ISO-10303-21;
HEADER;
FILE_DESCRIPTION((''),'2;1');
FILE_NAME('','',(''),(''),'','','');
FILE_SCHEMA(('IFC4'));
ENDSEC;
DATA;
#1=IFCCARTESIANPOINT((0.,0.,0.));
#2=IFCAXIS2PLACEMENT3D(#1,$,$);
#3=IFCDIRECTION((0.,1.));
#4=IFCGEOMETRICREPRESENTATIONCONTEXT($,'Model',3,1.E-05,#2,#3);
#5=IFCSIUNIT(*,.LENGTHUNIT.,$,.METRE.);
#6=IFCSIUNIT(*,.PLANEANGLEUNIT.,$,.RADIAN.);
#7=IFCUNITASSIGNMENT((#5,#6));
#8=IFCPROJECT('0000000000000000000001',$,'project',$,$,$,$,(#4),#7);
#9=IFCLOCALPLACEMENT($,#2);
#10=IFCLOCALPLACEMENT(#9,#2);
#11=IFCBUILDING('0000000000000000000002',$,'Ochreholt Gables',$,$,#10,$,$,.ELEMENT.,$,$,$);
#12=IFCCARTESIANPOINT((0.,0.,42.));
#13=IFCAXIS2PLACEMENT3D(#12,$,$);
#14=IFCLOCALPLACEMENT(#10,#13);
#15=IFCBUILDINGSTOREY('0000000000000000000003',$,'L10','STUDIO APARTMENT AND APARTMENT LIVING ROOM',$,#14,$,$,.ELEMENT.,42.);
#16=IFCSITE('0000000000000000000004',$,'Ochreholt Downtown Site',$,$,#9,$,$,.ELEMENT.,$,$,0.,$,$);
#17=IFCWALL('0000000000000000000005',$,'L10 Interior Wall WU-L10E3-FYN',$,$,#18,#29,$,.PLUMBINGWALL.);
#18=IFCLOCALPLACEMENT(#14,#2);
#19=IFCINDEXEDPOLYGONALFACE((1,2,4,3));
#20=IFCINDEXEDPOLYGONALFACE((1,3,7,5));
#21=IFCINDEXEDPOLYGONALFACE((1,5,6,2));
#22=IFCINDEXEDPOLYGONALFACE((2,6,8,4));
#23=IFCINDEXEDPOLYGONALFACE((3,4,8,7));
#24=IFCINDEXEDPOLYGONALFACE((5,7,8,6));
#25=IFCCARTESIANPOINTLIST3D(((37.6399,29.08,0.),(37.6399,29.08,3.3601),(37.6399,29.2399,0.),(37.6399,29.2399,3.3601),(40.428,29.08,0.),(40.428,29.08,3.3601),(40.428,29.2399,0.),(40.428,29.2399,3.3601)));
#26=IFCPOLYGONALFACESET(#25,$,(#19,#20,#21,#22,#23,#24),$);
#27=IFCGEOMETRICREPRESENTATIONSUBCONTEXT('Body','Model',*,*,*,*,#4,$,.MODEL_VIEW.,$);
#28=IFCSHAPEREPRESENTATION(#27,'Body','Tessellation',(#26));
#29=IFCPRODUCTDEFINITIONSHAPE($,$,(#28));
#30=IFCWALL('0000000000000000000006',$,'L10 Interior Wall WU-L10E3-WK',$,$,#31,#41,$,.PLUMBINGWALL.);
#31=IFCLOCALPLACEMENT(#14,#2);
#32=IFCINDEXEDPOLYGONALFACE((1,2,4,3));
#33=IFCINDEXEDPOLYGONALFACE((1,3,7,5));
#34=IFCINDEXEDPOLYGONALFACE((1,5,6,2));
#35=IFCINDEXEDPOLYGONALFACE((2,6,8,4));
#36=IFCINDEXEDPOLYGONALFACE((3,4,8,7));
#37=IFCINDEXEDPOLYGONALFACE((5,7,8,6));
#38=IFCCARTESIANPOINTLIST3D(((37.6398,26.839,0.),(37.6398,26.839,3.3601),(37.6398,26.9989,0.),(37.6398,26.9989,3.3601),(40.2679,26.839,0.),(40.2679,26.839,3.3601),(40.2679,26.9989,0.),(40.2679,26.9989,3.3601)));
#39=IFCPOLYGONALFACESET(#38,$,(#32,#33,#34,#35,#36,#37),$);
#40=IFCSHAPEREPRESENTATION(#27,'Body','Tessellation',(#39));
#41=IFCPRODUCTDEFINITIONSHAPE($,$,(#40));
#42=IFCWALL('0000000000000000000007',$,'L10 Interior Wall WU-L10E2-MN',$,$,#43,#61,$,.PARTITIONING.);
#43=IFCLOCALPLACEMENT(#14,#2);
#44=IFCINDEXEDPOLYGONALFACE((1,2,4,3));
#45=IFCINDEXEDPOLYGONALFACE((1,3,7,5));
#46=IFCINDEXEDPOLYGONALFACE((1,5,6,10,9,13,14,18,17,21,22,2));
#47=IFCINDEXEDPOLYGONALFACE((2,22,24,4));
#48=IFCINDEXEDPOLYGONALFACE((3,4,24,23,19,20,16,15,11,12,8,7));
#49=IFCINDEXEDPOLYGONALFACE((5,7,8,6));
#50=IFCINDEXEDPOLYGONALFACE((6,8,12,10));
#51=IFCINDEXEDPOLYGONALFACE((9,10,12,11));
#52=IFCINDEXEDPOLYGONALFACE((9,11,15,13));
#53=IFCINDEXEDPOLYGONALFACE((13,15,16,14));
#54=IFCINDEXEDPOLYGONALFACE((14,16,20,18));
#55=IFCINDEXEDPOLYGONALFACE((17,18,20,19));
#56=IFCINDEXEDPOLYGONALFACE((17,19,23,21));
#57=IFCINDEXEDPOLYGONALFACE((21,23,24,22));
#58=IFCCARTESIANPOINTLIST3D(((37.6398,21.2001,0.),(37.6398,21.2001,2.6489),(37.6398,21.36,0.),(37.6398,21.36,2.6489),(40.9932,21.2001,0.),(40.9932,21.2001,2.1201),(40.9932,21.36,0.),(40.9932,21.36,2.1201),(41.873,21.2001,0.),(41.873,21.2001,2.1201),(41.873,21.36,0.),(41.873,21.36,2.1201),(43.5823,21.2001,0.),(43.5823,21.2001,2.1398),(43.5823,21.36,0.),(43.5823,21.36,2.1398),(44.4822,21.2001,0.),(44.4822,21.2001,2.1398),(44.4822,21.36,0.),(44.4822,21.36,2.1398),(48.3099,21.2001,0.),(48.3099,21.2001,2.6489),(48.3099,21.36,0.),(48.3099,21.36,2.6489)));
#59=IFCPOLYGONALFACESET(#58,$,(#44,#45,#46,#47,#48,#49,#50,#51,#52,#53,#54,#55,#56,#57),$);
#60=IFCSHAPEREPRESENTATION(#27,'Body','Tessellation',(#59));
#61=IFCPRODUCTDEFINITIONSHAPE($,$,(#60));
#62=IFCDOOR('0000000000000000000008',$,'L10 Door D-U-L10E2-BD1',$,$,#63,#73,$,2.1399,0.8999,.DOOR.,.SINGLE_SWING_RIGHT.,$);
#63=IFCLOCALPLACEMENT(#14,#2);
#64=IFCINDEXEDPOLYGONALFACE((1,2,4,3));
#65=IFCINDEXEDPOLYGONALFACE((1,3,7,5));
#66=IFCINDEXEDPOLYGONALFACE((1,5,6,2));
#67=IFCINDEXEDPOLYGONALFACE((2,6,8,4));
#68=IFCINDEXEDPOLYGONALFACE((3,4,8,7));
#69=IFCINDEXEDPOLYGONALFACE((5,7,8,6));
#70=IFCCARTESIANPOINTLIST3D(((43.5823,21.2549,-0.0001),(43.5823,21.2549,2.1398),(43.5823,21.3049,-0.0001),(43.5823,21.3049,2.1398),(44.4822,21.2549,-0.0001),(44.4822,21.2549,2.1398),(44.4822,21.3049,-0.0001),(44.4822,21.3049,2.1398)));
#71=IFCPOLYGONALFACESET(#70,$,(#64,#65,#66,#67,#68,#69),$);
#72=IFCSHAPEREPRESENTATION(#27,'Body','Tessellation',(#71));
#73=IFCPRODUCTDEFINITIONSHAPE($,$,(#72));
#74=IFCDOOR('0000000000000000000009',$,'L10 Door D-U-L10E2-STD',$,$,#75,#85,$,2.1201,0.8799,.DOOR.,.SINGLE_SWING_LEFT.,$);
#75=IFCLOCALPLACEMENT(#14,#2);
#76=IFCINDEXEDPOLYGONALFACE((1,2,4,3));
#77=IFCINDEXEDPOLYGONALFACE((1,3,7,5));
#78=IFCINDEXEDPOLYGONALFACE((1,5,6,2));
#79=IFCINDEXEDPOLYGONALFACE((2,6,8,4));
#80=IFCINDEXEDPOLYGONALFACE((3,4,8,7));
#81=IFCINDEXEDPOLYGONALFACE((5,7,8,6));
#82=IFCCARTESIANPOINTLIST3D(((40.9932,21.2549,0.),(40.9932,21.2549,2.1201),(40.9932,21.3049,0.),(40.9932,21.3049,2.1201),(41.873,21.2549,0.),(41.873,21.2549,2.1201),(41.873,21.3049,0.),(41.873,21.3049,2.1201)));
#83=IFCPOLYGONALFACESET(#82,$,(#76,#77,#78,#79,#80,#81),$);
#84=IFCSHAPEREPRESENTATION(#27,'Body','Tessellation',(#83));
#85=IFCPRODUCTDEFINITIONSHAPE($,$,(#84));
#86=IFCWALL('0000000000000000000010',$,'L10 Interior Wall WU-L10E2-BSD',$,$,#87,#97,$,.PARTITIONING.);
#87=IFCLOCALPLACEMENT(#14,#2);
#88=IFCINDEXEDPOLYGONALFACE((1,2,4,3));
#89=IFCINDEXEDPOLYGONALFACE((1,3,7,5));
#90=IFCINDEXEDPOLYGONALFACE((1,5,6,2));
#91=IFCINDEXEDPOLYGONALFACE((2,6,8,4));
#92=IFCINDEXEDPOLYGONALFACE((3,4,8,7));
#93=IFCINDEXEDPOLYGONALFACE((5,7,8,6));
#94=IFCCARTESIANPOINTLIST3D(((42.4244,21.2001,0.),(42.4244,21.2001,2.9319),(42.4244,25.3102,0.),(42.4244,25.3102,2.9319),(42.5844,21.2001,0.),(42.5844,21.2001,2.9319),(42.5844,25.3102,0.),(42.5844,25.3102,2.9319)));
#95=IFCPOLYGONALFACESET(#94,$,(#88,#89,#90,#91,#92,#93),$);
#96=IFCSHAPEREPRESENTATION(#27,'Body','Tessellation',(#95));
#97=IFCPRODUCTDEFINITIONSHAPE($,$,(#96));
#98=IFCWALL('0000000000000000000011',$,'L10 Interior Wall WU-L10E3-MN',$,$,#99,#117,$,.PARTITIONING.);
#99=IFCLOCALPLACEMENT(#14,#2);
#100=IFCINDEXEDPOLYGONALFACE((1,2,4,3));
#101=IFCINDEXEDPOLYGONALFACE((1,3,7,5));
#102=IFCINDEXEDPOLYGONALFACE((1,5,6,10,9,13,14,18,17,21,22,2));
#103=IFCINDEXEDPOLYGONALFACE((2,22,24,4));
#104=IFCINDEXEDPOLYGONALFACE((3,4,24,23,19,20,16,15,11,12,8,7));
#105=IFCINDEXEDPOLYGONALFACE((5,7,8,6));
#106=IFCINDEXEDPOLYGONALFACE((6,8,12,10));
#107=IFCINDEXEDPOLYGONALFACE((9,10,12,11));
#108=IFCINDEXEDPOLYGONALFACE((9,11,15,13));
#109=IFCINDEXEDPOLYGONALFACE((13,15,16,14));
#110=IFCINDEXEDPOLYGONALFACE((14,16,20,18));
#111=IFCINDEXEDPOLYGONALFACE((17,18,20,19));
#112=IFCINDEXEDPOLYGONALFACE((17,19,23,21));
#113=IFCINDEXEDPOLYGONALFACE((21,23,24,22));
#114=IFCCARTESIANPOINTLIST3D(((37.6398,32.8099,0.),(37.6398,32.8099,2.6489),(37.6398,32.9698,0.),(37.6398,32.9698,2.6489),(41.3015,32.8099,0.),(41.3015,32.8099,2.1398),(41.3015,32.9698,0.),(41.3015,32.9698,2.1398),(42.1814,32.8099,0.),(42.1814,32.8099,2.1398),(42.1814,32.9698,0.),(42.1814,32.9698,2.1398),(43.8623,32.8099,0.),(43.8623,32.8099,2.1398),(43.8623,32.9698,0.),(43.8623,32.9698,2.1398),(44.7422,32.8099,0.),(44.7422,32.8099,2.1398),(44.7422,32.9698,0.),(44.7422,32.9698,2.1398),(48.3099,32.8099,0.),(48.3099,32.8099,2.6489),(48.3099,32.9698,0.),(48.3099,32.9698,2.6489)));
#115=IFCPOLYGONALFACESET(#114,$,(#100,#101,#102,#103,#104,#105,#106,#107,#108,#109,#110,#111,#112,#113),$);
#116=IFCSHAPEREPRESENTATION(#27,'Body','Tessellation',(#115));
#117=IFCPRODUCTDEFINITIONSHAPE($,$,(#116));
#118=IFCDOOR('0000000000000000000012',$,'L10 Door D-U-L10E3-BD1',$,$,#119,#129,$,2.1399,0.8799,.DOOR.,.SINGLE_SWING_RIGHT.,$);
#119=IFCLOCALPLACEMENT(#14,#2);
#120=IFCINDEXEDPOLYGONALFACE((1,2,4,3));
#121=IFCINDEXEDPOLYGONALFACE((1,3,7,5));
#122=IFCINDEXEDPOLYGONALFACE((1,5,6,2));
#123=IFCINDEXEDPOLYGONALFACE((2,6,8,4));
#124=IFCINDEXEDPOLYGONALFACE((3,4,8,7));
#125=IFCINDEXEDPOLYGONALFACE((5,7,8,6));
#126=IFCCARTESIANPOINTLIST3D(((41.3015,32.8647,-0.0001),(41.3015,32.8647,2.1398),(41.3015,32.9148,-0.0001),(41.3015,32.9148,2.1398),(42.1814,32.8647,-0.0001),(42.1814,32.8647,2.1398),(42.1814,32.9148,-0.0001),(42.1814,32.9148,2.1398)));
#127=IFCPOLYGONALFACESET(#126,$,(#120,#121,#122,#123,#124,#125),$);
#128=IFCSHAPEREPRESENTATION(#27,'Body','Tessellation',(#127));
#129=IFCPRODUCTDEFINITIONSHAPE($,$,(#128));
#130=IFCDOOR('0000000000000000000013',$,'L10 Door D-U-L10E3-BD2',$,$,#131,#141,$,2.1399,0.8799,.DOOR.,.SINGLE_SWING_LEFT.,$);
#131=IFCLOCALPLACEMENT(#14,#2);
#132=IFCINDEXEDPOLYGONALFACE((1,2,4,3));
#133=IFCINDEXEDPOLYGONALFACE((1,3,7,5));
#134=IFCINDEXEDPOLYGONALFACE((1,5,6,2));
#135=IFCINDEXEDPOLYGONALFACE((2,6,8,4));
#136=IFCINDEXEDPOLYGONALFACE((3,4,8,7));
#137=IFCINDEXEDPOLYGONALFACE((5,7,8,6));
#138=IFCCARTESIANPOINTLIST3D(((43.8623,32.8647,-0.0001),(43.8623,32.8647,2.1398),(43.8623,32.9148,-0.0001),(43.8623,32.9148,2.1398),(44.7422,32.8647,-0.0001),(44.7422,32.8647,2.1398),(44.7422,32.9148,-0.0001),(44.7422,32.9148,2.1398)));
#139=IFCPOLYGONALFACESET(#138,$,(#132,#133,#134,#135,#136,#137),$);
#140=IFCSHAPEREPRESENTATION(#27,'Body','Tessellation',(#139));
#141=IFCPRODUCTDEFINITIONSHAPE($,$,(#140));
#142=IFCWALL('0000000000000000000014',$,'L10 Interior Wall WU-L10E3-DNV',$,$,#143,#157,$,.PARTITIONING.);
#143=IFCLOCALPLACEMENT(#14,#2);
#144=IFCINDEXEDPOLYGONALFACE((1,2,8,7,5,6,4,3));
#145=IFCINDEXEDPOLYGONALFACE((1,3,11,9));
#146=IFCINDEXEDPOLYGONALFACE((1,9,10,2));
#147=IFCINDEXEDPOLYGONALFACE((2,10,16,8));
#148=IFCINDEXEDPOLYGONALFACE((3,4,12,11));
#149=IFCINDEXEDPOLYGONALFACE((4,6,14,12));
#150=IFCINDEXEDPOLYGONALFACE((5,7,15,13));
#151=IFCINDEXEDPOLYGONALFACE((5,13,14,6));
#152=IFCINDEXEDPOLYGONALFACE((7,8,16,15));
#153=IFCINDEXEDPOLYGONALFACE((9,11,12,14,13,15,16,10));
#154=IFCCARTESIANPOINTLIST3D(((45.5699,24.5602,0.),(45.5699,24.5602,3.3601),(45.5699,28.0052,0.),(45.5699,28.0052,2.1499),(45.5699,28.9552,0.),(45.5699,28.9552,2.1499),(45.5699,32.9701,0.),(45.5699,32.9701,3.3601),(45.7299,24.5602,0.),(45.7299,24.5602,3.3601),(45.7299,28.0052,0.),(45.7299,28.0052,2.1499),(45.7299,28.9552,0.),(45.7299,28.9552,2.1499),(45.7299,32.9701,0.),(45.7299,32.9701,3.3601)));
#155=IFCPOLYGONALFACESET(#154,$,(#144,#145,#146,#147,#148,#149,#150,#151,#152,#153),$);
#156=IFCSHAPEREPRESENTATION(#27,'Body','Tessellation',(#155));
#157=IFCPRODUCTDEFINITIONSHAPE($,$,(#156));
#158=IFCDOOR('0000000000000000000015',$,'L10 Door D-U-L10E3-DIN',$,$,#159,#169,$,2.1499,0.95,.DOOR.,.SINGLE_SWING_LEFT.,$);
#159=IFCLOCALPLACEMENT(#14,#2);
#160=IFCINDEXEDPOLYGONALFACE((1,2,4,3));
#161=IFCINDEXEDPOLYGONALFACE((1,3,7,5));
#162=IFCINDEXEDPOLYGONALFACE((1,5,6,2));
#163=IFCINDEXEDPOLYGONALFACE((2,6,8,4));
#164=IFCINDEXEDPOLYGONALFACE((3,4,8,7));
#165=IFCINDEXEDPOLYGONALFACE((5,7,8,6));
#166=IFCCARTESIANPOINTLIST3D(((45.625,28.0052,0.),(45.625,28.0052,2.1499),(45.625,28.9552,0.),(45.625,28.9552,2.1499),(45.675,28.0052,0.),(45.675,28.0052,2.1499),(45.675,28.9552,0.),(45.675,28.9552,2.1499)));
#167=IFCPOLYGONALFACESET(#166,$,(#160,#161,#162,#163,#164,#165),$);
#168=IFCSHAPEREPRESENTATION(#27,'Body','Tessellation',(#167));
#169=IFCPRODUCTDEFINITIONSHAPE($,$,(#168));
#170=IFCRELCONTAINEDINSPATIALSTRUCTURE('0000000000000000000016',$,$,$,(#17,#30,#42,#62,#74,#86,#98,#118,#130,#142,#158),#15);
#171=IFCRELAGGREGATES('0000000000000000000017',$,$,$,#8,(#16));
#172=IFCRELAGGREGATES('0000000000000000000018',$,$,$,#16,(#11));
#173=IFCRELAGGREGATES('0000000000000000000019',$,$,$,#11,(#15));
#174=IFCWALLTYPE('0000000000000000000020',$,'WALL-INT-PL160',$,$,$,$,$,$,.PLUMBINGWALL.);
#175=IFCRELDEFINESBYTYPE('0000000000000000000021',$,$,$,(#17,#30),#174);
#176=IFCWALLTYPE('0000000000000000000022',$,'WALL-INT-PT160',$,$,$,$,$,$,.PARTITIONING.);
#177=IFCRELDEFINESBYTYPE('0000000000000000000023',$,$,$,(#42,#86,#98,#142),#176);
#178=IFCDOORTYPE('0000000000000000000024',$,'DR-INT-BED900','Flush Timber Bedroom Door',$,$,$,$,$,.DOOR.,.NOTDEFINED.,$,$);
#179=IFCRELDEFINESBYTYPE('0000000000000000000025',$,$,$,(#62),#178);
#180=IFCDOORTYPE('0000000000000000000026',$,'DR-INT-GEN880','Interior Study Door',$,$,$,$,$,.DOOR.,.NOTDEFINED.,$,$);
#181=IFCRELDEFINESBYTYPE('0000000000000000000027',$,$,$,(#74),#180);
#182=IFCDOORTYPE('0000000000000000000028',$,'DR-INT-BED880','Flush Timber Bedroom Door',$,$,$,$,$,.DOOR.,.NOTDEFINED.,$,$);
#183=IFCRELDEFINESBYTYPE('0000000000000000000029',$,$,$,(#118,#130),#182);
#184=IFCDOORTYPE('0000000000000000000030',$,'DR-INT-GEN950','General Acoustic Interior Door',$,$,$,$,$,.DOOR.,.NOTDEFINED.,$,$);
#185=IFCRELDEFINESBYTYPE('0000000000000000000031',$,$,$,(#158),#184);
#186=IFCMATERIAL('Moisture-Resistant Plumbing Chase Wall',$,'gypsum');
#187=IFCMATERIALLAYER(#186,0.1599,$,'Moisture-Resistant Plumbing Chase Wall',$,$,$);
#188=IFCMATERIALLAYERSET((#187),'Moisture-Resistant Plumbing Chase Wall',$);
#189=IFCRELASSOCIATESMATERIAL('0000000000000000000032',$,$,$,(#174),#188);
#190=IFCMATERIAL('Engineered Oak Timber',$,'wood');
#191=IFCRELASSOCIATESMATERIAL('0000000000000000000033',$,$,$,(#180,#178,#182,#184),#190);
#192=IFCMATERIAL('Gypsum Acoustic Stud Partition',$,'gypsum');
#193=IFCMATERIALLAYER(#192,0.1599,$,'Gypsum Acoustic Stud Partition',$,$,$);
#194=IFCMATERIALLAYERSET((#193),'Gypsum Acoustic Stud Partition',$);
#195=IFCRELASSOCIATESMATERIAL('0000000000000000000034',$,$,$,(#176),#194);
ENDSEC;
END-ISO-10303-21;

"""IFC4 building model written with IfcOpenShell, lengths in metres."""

from ifc_helpers import new_model, si_unit, direction, frame, frame_2d, origin, place, context, subcontext, project, spatial, rectangle, extrude, material, layer, layer_set, type_object, element, fill, save


model = new_model("IFC4")

# Units and contexts
model_context = context("Model", 3, precision=1e-05, world=origin(), true_north=direction((0.0, 1.0)))
body_context = subcontext(model_context, "Body", "Model", "MODEL_VIEW")
ifc_project = project(units=[si_unit("LENGTHUNIT", "METRE"), si_unit("PLANEANGLEUNIT", "RADIAN")], contexts=[model_context])

# Site, building, storey
site_placement = place(None, origin())
site = spatial("IfcSite", under=ifc_project, at=site_placement, Name="Ochreholt Downtown Site", CompositionType="ELEMENT", RefElevation=0.0)
building_placement = place(site_placement, origin())
building = spatial("IfcBuilding", under=site, at=building_placement, Name="Ochreholt Gables", CompositionType="ELEMENT")
storey_placement = place(building_placement, frame((0.0, 0.0, 42.0)))
storey = spatial("IfcBuildingStorey", under=building, at=storey_placement, Name="L10", Description="STUDIO APARTMENT AND APARTMENT LIVING ROOM", CompositionType="ELEMENT", Elevation=42.0)

# Wall
ifc_material_1 = material(Name="Moisture-Resistant Plumbing Chase Wall", Category="gypsum")
ifc_layer_1 = layer(ifc_material_1, 0.1599, Name="Moisture-Resistant Plumbing Chase Wall")
ifc_layer_set_1 = layer_set([ifc_layer_1], Name="Moisture-Resistant Plumbing Chase Wall")
wall_type_1 = type_object("IfcWallType", Name="WALL-INT-PL160", PredefinedType="PLUMBINGWALL", material=ifc_layer_set_1)
wall_1_placement = place(storey_placement, frame((37.6399, 29.1599, 0.0), z_axis=(0.0, 0.0, 1.0), x_axis=(1.0, 0.0, 0.0)))
element("IfcWall", 1, at=wall_1_placement, inside=storey, type_object=wall_type_1, Name="L10 Interior Wall WU-L10E3-FYN", PredefinedType="PLUMBINGWALL", context=body_context, shape_type="SweptSolid", body=[
    extrude(rectangle(XDim=2.7881, YDim=0.1599, at=frame_2d((1.394, 0.0))), origin(), (0.0, 0.0, 1.0), 3.3601),
])

# Shared definitions
ifc_material_2 = material(Name="Engineered Oak Timber", Category="wood")
door_type_1 = type_object("IfcDoorType", Name="DR-INT-GEN880", Description="Interior Study Door", OperationType="NOTDEFINED", PredefinedType="DOOR", material=ifc_material_2)

# Wall
wall_2_placement = place(storey_placement, frame((37.6399, 26.9189, 0.0), z_axis=(0.0, 0.0, 1.0), x_axis=(1.0, 0.0, 0.0)))
element("IfcWall", 2, at=wall_2_placement, inside=storey, type_object=wall_type_1, Name="L10 Interior Wall WU-L10E3-WK", PredefinedType="PLUMBINGWALL", context=body_context, shape_type="SweptSolid", body=[
    extrude(rectangle(XDim=2.6282, YDim=0.1599, at=frame_2d((1.314, 0.0))), origin(), (0.0, 0.0, 1.0), 3.3601),
])

# Wall, openings, doors
ifc_material_3 = material(Name="Gypsum Acoustic Stud Partition", Category="gypsum")
ifc_layer_2 = layer(ifc_material_3, 0.1599, Name="Gypsum Acoustic Stud Partition")
ifc_layer_set_2 = layer_set([ifc_layer_2], Name="Gypsum Acoustic Stud Partition")
wall_type_2 = type_object("IfcWallType", Name="WALL-INT-PT160", PredefinedType="PARTITIONING", material=ifc_layer_set_2)
wall_3_placement = place(storey_placement, frame((37.6399, 21.28, 0.0), z_axis=(0.0, 0.0, 1.0), x_axis=(1.0, 0.0, 0.0)))
wall_3 = element("IfcWall", 3, at=wall_3_placement, inside=storey, type_object=wall_type_2, Name="L10 Interior Wall WU-L10E2-MN", PredefinedType="PARTITIONING", context=body_context, shape_type="SweptSolid", body=[
    extrude(rectangle(XDim=10.6702, YDim=0.1599, at=frame_2d((5.335, 0.0))), origin(), (0.0, 0.0, 1.0), 2.6489),
])
opening_1_placement = place(wall_3_placement, frame((3.3533, 0.0, 0.0)))
opening_1 = element("IfcOpeningElement", 4, at=opening_1_placement, cuts=wall_3, PredefinedType="OPENING", context=body_context, shape_type="SweptSolid", body=[
    extrude(rectangle(XDim=0.8799, YDim=2.1201, at=frame_2d((0.4399, 1.0601))), frame((0.0, 0.0898, 0.0), z_axis=(0.0, -1.0, 0.0), x_axis=(1.0, 0.0, 0.0)), (0.0, 0.0, 1.0), 0.1799),
])
opening_2_placement = place(wall_3_placement, frame((5.9424, 0.0, 0.0)))
opening_2 = element("IfcOpeningElement", 5, at=opening_2_placement, cuts=wall_3, PredefinedType="OPENING", context=body_context, shape_type="SweptSolid", body=[
    extrude(rectangle(XDim=0.8999, YDim=2.1399, at=frame_2d((0.45, 1.0698))), frame((0.0, 0.0898, 0.0), z_axis=(0.0, -1.0, 0.0), x_axis=(1.0, 0.0, 0.0)), (0.0, 0.0, 1.0), 0.1799),
])
door_type_2 = type_object("IfcDoorType", Name="DR-INT-BED900", Description="Flush Timber Bedroom Door", OperationType="NOTDEFINED", PredefinedType="DOOR", material=ifc_material_2)
door_1_placement = place(opening_2_placement, origin())
door_1 = element("IfcDoor", 6, at=door_1_placement, inside=storey, type_object=door_type_2, Name="L10 Door D-U-L10E2-BD1", OperationType="SINGLE_SWING_RIGHT", OverallHeight=2.1399, OverallWidth=0.8999, PredefinedType="DOOR", context=body_context, shape_type="SweptSolid", body=[
    extrude(rectangle(XDim=0.8999, YDim=2.1399, at=frame_2d((0.45, 1.0698))), frame((0.0, 0.0249, 0.0), z_axis=(0.0, -1.0, 0.0), x_axis=(1.0, 0.0, 0.0)), (0.0, 0.0, 1.0), 0.05),
])
fill(opening_2, door_1)
door_2_placement = place(opening_1_placement, origin())
door_2 = element("IfcDoor", 7, at=door_2_placement, inside=storey, type_object=door_type_1, Name="L10 Door D-U-L10E2-STD", OperationType="SINGLE_SWING_LEFT", OverallHeight=2.1201, OverallWidth=0.8799, PredefinedType="DOOR", context=body_context, shape_type="SweptSolid", body=[
    extrude(rectangle(XDim=0.8799, YDim=2.1201, at=frame_2d((0.4399, 1.0601))), frame((0.0, 0.0249, 0.0), z_axis=(0.0, -1.0, 0.0), x_axis=(1.0, 0.0, 0.0)), (0.0, 0.0, 1.0), 0.05),
])
fill(opening_1, door_2)

# Wall
wall_4_placement = place(storey_placement, frame((42.5044, 21.2, 0.0), z_axis=(0.0, 0.0, 1.0), x_axis=(0.0, 1.0, 0.0)))
element("IfcWall", 8, at=wall_4_placement, inside=storey, type_object=wall_type_2, Name="L10 Interior Wall WU-L10E2-BSD", PredefinedType="PARTITIONING", context=body_context, shape_type="SweptSolid", body=[
    extrude(rectangle(XDim=4.1101, YDim=0.1599, at=frame_2d((2.0552, 0.0))), origin(), (0.0, 0.0, 1.0), 2.9319),
])

# Wall, openings, doors
wall_5_placement = place(storey_placement, frame((37.6399, 32.8899, 0.0), z_axis=(0.0, 0.0, 1.0), x_axis=(1.0, 0.0, 0.0)))
wall_5 = element("IfcWall", 9, at=wall_5_placement, inside=storey, type_object=wall_type_2, Name="L10 Interior Wall WU-L10E3-MN", PredefinedType="PARTITIONING", context=body_context, shape_type="SweptSolid", body=[
    extrude(rectangle(XDim=10.6702, YDim=0.1599, at=frame_2d((5.335, 0.0))), origin(), (0.0, 0.0, 1.0), 2.6489),
])
opening_3_placement = place(wall_5_placement, frame((3.6616, 0.0, 0.0)))
opening_3 = element("IfcOpeningElement", 10, at=opening_3_placement, cuts=wall_5, PredefinedType="OPENING", context=body_context, shape_type="SweptSolid", body=[
    extrude(rectangle(XDim=0.8799, YDim=2.1399, at=frame_2d((0.4399, 1.0698))), frame((0.0, 0.0898, 0.0), z_axis=(0.0, -1.0, 0.0), x_axis=(1.0, 0.0, 0.0)), (0.0, 0.0, 1.0), 0.1799),
])
opening_4_placement = place(wall_5_placement, frame((6.2224, 0.0, 0.0)))
opening_4 = element("IfcOpeningElement", 11, at=opening_4_placement, cuts=wall_5, PredefinedType="OPENING", context=body_context, shape_type="SweptSolid", body=[
    extrude(rectangle(XDim=0.8799, YDim=2.1399, at=frame_2d((0.4399, 1.0698))), frame((0.0, 0.0898, 0.0), z_axis=(0.0, -1.0, 0.0), x_axis=(1.0, 0.0, 0.0)), (0.0, 0.0, 1.0), 0.1799),
])
door_type_3 = type_object("IfcDoorType", Name="DR-INT-BED880", Description="Flush Timber Bedroom Door", OperationType="NOTDEFINED", PredefinedType="DOOR", material=ifc_material_2)
door_3_placement = place(opening_3_placement, origin())
door_3 = element("IfcDoor", 12, at=door_3_placement, inside=storey, type_object=door_type_3, Name="L10 Door D-U-L10E3-BD1", OperationType="SINGLE_SWING_RIGHT", OverallHeight=2.1399, OverallWidth=0.8799, PredefinedType="DOOR", context=body_context, shape_type="SweptSolid", body=[
    extrude(rectangle(XDim=0.8799, YDim=2.1399, at=frame_2d((0.4399, 1.0698))), frame((0.0, 0.0249, 0.0), z_axis=(0.0, -1.0, 0.0), x_axis=(1.0, 0.0, 0.0)), (0.0, 0.0, 1.0), 0.05),
])
fill(opening_3, door_3)
door_4_placement = place(opening_4_placement, origin())
door_4 = element("IfcDoor", 13, at=door_4_placement, inside=storey, type_object=door_type_3, Name="L10 Door D-U-L10E3-BD2", OperationType="SINGLE_SWING_LEFT", OverallHeight=2.1399, OverallWidth=0.8799, PredefinedType="DOOR", context=body_context, shape_type="SweptSolid", body=[
    extrude(rectangle(XDim=0.8799, YDim=2.1399, at=frame_2d((0.4399, 1.0698))), frame((0.0, 0.0249, 0.0), z_axis=(0.0, -1.0, 0.0), x_axis=(1.0, 0.0, 0.0)), (0.0, 0.0, 1.0), 0.05),
])
fill(opening_4, door_4)

# Wall, opening, door
wall_6_placement = place(storey_placement, frame((45.6499, 24.5601, 0.0), z_axis=(0.0, 0.0, 1.0), x_axis=(0.0, 1.0, 0.0)))
wall_6 = element("IfcWall", 14, at=wall_6_placement, inside=storey, type_object=wall_type_2, Name="L10 Interior Wall WU-L10E3-DNV", PredefinedType="PARTITIONING", context=body_context, shape_type="SweptSolid", body=[
    extrude(rectangle(XDim=8.4099, YDim=0.1599, at=frame_2d((4.2051, 0.0))), origin(), (0.0, 0.0, 1.0), 3.3601),
])
opening_5_placement = place(wall_6_placement, frame((3.4451, 0.0, 0.0)))
opening_5 = element("IfcOpeningElement", 15, at=opening_5_placement, cuts=wall_6, PredefinedType="OPENING", context=body_context, shape_type="SweptSolid", body=[
    extrude(rectangle(XDim=0.95, YDim=2.1499, at=frame_2d((0.4751, 1.075))), frame((0.0, 0.0898, 0.0), z_axis=(0.0, -1.0, 0.0), x_axis=(1.0, 0.0, 0.0)), (0.0, 0.0, 1.0), 0.1799),
])
door_type_4 = type_object("IfcDoorType", Name="DR-INT-GEN950", Description="General Acoustic Interior Door", OperationType="NOTDEFINED", PredefinedType="DOOR", material=ifc_material_2)
door_5_placement = place(opening_5_placement, origin())
door_5 = element("IfcDoor", 16, at=door_5_placement, inside=storey, type_object=door_type_4, Name="L10 Door D-U-L10E3-DIN", OperationType="SINGLE_SWING_LEFT", OverallHeight=2.1499, OverallWidth=0.95, PredefinedType="DOOR", context=body_context, shape_type="SweptSolid", body=[
    extrude(rectangle(XDim=0.95, YDim=2.1499, at=frame_2d((0.4751, 1.075))), frame((0.0, 0.0249, 0.0), z_axis=(0.0, -1.0, 0.0), x_axis=(1.0, 0.0, 0.0)), (0.0, 0.0, 1.0), 0.05),
])
fill(opening_5, door_5)

save(model, "model.ifc")
